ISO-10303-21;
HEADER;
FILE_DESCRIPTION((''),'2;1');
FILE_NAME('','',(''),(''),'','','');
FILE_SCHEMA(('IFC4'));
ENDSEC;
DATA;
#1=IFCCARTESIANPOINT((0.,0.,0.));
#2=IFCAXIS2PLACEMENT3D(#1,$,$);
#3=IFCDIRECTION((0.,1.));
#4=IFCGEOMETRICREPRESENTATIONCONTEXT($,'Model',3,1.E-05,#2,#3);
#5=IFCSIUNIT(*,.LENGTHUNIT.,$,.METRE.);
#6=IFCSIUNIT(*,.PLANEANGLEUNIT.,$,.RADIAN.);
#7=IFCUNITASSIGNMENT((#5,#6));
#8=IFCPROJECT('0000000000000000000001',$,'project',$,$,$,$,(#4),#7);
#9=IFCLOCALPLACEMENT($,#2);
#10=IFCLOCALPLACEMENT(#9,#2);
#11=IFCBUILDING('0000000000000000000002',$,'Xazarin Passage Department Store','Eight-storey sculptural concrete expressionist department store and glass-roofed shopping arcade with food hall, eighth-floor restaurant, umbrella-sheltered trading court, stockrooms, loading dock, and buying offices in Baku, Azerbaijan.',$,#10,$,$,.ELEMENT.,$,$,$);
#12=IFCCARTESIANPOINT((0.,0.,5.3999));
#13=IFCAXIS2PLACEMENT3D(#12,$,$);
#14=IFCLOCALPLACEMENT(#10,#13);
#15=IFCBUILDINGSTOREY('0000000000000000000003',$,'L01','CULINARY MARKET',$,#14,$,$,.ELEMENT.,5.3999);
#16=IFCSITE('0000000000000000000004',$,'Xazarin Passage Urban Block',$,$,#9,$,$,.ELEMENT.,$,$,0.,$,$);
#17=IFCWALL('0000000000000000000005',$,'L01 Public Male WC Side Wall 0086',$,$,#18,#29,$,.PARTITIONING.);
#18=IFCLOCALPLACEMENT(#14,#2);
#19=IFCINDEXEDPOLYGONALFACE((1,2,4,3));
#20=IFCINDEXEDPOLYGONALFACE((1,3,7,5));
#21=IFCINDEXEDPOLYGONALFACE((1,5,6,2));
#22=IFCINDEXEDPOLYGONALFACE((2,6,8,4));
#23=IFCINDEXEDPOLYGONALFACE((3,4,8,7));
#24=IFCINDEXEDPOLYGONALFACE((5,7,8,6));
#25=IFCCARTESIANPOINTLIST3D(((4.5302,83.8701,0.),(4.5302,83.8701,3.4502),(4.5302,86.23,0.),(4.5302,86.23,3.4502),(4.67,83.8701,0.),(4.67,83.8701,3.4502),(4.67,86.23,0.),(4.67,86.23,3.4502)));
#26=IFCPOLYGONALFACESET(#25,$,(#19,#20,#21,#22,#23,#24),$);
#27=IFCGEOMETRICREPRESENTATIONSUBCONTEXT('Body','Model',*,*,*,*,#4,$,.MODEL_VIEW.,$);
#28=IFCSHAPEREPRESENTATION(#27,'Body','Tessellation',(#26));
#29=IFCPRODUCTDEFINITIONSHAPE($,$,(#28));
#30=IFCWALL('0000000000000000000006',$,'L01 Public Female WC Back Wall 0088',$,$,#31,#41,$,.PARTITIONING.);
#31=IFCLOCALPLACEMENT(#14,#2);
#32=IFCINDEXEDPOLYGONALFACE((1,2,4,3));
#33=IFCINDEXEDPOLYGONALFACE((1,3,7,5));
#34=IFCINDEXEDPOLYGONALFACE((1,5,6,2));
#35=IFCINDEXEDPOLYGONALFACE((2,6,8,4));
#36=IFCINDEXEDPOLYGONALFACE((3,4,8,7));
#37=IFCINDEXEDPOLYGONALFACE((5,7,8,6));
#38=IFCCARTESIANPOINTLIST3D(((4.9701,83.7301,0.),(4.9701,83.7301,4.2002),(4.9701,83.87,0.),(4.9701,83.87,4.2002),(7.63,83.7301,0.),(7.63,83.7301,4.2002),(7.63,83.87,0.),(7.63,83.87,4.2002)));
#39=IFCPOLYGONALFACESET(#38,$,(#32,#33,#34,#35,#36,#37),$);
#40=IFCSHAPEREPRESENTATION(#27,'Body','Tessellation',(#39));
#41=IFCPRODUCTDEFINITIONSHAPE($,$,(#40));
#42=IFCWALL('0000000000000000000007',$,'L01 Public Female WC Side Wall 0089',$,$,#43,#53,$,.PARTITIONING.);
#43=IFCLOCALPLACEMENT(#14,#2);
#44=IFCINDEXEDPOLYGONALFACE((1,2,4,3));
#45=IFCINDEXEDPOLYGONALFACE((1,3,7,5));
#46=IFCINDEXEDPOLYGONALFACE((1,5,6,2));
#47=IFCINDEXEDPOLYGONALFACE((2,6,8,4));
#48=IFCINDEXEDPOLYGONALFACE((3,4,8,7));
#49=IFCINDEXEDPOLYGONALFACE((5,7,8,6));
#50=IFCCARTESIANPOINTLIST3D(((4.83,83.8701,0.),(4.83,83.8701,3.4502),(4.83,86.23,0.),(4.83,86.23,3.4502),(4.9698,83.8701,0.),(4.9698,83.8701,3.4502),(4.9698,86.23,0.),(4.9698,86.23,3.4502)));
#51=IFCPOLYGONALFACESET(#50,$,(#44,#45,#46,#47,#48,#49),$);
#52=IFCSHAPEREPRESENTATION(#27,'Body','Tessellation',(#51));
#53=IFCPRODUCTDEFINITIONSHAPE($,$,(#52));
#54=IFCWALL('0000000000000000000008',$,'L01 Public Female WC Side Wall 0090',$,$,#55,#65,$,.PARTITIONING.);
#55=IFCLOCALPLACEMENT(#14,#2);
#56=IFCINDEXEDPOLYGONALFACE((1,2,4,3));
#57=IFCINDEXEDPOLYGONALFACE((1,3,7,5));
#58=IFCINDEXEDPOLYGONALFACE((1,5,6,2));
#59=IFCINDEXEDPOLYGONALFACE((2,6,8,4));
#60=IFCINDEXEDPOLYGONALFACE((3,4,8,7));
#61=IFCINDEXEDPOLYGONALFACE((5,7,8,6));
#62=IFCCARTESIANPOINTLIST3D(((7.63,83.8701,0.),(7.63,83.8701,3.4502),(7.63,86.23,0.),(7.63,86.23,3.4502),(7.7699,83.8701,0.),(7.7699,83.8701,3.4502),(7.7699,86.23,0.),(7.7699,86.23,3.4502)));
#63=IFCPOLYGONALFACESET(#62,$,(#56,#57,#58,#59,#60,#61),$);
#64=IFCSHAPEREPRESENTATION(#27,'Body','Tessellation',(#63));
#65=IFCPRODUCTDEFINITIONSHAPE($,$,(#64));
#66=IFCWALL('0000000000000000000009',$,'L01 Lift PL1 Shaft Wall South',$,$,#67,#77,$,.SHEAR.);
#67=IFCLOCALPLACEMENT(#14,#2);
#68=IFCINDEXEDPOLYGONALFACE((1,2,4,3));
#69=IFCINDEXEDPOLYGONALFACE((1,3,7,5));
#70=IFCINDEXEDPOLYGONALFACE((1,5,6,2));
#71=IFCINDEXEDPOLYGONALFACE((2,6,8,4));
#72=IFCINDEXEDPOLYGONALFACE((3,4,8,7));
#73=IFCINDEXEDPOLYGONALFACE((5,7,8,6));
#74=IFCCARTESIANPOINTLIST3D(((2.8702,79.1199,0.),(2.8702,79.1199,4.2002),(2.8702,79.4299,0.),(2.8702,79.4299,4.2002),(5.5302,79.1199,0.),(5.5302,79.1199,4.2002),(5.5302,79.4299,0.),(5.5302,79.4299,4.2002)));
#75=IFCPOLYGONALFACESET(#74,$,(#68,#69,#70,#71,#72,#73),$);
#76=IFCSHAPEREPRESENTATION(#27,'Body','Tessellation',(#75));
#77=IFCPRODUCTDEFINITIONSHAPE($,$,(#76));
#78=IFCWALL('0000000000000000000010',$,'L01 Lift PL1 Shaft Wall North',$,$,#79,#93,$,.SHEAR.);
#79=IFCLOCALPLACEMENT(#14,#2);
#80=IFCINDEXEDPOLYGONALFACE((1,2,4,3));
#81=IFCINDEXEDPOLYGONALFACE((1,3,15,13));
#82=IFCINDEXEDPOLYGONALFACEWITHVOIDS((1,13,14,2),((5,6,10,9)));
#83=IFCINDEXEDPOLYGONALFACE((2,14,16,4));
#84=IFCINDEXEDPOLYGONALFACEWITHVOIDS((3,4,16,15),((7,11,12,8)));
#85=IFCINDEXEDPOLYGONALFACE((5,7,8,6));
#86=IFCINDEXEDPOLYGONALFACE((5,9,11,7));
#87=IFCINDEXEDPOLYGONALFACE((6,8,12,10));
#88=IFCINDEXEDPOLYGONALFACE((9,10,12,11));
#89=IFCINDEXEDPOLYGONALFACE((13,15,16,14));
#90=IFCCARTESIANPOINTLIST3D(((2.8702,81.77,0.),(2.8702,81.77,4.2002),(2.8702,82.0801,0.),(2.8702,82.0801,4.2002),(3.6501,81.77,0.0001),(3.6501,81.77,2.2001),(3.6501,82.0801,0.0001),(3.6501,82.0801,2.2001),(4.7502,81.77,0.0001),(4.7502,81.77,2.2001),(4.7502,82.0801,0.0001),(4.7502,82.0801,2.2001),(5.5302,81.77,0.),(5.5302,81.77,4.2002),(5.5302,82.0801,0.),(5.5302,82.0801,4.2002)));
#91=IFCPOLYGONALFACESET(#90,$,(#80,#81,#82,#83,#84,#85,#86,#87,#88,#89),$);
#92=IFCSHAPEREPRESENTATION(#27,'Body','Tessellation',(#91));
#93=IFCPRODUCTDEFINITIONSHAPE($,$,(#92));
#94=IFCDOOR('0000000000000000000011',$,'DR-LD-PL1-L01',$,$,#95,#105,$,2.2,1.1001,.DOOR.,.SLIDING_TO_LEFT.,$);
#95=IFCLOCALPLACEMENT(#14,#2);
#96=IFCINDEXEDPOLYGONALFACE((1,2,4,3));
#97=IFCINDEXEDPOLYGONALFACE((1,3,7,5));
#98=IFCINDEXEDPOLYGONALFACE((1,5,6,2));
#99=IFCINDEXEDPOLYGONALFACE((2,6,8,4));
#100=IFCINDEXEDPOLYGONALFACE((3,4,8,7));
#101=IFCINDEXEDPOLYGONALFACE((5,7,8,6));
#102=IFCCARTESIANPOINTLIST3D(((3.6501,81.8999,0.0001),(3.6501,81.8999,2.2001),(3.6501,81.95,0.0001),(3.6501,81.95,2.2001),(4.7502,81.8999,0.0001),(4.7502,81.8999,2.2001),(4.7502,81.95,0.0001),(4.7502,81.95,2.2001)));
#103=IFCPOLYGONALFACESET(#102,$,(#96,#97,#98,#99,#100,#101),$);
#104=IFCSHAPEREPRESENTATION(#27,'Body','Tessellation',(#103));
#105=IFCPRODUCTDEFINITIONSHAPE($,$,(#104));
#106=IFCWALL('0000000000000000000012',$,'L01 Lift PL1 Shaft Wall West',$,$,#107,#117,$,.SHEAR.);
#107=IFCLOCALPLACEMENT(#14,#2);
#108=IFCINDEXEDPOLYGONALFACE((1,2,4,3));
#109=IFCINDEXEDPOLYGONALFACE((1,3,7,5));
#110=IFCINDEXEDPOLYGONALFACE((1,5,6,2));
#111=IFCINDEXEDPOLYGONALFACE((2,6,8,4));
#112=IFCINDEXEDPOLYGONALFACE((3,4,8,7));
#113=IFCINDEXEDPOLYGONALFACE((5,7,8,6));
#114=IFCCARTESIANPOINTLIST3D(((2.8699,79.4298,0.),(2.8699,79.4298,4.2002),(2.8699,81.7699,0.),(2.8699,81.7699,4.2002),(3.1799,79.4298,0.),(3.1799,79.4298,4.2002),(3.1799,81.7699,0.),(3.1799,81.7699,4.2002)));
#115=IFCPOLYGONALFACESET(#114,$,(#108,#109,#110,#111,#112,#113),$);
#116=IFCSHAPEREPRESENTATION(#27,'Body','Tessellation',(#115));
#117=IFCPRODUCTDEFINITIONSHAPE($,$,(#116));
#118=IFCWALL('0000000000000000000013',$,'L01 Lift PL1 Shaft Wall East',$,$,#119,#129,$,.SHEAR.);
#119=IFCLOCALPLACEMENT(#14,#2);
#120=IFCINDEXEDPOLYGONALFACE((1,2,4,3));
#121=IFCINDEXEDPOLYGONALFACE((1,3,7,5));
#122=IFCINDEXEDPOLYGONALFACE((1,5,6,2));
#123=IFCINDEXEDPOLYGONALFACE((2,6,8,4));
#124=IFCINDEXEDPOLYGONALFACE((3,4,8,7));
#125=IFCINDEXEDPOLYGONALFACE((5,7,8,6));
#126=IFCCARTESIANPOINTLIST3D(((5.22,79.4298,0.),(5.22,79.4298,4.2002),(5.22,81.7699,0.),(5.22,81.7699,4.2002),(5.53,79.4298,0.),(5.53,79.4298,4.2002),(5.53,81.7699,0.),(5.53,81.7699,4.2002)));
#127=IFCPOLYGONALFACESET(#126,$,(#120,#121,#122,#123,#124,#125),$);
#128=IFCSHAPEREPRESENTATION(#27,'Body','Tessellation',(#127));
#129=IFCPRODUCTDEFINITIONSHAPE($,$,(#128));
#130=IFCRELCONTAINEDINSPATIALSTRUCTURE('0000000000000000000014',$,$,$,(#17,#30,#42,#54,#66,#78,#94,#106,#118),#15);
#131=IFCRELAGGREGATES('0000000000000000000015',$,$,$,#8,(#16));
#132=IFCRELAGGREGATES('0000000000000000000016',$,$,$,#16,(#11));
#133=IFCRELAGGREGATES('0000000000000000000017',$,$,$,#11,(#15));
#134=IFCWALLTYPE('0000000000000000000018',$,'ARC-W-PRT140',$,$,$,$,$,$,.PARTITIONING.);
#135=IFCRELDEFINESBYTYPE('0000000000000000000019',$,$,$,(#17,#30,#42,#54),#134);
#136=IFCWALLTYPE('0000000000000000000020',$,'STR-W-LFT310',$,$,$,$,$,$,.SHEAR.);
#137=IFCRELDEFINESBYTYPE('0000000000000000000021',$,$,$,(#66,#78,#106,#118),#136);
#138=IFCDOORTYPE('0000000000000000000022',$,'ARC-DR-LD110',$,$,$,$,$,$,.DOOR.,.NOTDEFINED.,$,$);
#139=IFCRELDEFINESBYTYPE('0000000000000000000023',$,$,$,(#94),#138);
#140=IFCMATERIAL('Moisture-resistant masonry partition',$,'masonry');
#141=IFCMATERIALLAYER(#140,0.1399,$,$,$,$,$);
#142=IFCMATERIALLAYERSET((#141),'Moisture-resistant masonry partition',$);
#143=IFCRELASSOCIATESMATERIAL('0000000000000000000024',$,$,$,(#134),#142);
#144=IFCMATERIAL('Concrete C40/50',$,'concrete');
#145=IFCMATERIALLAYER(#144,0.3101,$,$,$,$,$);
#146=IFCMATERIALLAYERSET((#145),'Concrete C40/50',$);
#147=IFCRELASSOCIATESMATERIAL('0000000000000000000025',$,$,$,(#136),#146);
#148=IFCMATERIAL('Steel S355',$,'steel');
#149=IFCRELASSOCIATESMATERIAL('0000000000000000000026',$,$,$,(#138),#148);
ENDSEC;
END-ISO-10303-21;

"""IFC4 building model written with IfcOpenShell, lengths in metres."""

from ifc_helpers import new_model, si_unit, direction, frame, frame_2d, origin, place, context, subcontext, project, spatial, rectangle, extrude, material, layer, layer_set, type_object, element, fill, save


model = new_model("IFC4")

# Units and contexts
model_context = context("Model", 3, precision=1e-05, world=origin(), true_north=direction((0.0, 1.0)))
body_context = subcontext(model_context, "Body", "Model", "MODEL_VIEW")
ifc_project = project(units=[si_unit("LENGTHUNIT", "METRE"), si_unit("PLANEANGLEUNIT", "RADIAN")], contexts=[model_context])

# Site, building, storey
site_placement = place(None, origin())
site = spatial("IfcSite", under=ifc_project, at=site_placement, Name="Xazarin Passage Urban Block", CompositionType="ELEMENT", RefElevation=0.0)
building_placement = place(site_placement, origin())
building = spatial("IfcBuilding", under=site, at=building_placement, Name="Xazarin Passage Department Store", Description="Eight-storey sculptural concrete expressionist department store and glass-roofed shopping arcade with food hall, eighth-floor restaurant, umbrella-sheltered trading court, stockrooms, loading dock, and buying offices in Baku, Azerbaijan.", CompositionType="ELEMENT")
storey_placement = place(building_placement, frame((0.0, 0.0, 5.3999)))
storey = spatial("IfcBuildingStorey", under=building, at=storey_placement, Name="L01", Description="CULINARY MARKET", CompositionType="ELEMENT", Elevation=5.3999)

# Shared definitions
ifc_material_1 = material(Name="Concrete C40/50", Category="concrete")

# Walls
ifc_material_2 = material(Name="Moisture-resistant masonry partition", Category="masonry")
ifc_layer_1 = layer(ifc_material_2, 0.1399)
ifc_layer_set_1 = layer_set([ifc_layer_1], Name="Moisture-resistant masonry partition")
wall_type_1 = type_object("IfcWallType", Name="ARC-W-PRT140", PredefinedType="PARTITIONING", material=ifc_layer_set_1)
for number, where, z_axis, x_axis, name in (
    (1, (4.6001, 83.8701, 0.0), (0.0, 0.0, 1.0), (0.0, 1.0, 0.0), "L01 Public Male WC Side Wall 0086"),
):
    element("IfcWall", number, at=place(storey_placement, frame(where, z_axis=z_axis, x_axis=x_axis)), inside=storey, type_object=wall_type_1, Name=name, PredefinedType="PARTITIONING", context=body_context, shape_type="SweptSolid", body=[
        extrude(rectangle(XDim=2.3599, YDim=0.1399, at=frame_2d((1.1799, 0.0))), origin(), (0.0, 0.0, 1.0), 3.4502),
    ])
wall_1_placement = place(storey_placement, frame((4.97, 83.8, 0.0), z_axis=(0.0, 0.0, 1.0), x_axis=(1.0, 0.0, 0.0)))
element("IfcWall", 2, at=wall_1_placement, inside=storey, type_object=wall_type_1, Name="L01 Public Female WC Back Wall 0088", PredefinedType="PARTITIONING", context=body_context, shape_type="SweptSolid", body=[
    extrude(rectangle(XDim=2.6599, YDim=0.1399, at=frame_2d((1.3301, 0.0))), origin(), (0.0, 0.0, 1.0), 4.2002),
])
for number, where, z_axis, x_axis, name in (
    (3, (4.8999, 83.8701, 0.0), (0.0, 0.0, 1.0), (0.0, 1.0, 0.0), "L01 Public Female WC Side Wall 0089"),
    (4, (7.7, 83.8701, 0.0), (0.0, 0.0, 1.0), (0.0, 1.0, 0.0), "L01 Public Female WC Side Wall 0090"),
):
    element("IfcWall", number, at=place(storey_placement, frame(where, z_axis=z_axis, x_axis=x_axis)), inside=storey, type_object=wall_type_1, Name=name, PredefinedType="PARTITIONING", context=body_context, shape_type="SweptSolid", body=[
        extrude(rectangle(XDim=2.3599, YDim=0.1399, at=frame_2d((1.1799, 0.0))), origin(), (0.0, 0.0, 1.0), 3.4502),
    ])
ifc_layer_2 = layer(ifc_material_1, 0.3101)
ifc_layer_set_2 = layer_set([ifc_layer_2], Name="Concrete C40/50")
wall_type_2 = type_object("IfcWallType", Name="STR-W-LFT310", PredefinedType="SHEAR", material=ifc_layer_set_2)
wall_2_placement = place(storey_placement, frame((2.8701, 79.2749, 0.0), z_axis=(0.0, 0.0, 1.0), x_axis=(1.0, 0.0, 0.0)))
element("IfcWall", 5, at=wall_2_placement, inside=storey, type_object=wall_type_2, Name="L01 Lift PL1 Shaft Wall South", PredefinedType="SHEAR", context=body_context, shape_type="SweptSolid", body=[
    extrude(rectangle(XDim=2.6599, YDim=0.3101, at=frame_2d((1.3301, 0.0))), origin(), (0.0, 0.0, 1.0), 4.2002),
])

# Wall, opening, door
wall_3_placement = place(storey_placement, frame((2.8701, 81.925, 0.0), z_axis=(0.0, 0.0, 1.0), x_axis=(1.0, 0.0, 0.0)))
wall_3 = element("IfcWall", 6, at=wall_3_placement, inside=storey, type_object=wall_type_2, Name="L01 Lift PL1 Shaft Wall North", PredefinedType="SHEAR", context=body_context, shape_type="SweptSolid", body=[
    extrude(rectangle(XDim=2.6599, YDim=0.3101, at=frame_2d((1.3301, 0.0))), origin(), (0.0, 0.0, 1.0), 4.2002),
])
opening_placement = place(wall_3_placement, frame((0.78, 0.0, 0.0)))
opening = element("IfcOpeningElement", 7, at=opening_placement, cuts=wall_3, PredefinedType="OPENING", context=body_context, shape_type="SweptSolid", body=[
    extrude(rectangle(XDim=1.1001, YDim=2.2, at=frame_2d((0.55, 1.1001))), frame((0.0, 0.165, 0.0), z_axis=(0.0, -1.0, 0.0), x_axis=(1.0, 0.0, 0.0)), (0.0, 0.0, 1.0), 0.3301),
])
ifc_material_3 = material(Name="Steel S355", Category="steel")
door_type = type_object("IfcDoorType", Name="ARC-DR-LD110", OperationType="NOTDEFINED", PredefinedType="DOOR", material=ifc_material_3)
door_placement = place(opening_placement, origin())
door = element("IfcDoor", 8, at=door_placement, inside=storey, type_object=door_type, Name="DR-LD-PL1-L01", OperationType="SLIDING_TO_LEFT", OverallHeight=2.2, OverallWidth=1.1001, PredefinedType="DOOR", context=body_context, shape_type="SweptSolid", body=[
    extrude(rectangle(XDim=1.1001, YDim=2.2, at=frame_2d((0.55, 1.1001))), frame((0.0, 0.0249, 0.0), z_axis=(0.0, -1.0, 0.0), x_axis=(1.0, 0.0, 0.0)), (0.0, 0.0, 1.0), 0.05),
])
fill(opening, door)

# Walls
for number, where, z_axis, x_axis, name in (
    (9, (3.0249, 79.4299, 0.0), (0.0, 0.0, 1.0), (0.0, 1.0, 0.0), "L01 Lift PL1 Shaft Wall West"),
    (10, (5.375, 79.4299, 0.0), (0.0, 0.0, 1.0), (0.0, 1.0, 0.0), "L01 Lift PL1 Shaft Wall East"),
):
    element("IfcWall", number, at=place(storey_placement, frame(where, z_axis=z_axis, x_axis=x_axis)), inside=storey, type_object=wall_type_2, Name=name, PredefinedType="SHEAR", context=body_context, shape_type="SweptSolid", body=[
        extrude(rectangle(XDim=2.3401, YDim=0.3101, at=frame_2d((1.1699, 0.0))), origin(), (0.0, 0.0, 1.0), 4.2002),
    ])

save(model, "model.ifc")
